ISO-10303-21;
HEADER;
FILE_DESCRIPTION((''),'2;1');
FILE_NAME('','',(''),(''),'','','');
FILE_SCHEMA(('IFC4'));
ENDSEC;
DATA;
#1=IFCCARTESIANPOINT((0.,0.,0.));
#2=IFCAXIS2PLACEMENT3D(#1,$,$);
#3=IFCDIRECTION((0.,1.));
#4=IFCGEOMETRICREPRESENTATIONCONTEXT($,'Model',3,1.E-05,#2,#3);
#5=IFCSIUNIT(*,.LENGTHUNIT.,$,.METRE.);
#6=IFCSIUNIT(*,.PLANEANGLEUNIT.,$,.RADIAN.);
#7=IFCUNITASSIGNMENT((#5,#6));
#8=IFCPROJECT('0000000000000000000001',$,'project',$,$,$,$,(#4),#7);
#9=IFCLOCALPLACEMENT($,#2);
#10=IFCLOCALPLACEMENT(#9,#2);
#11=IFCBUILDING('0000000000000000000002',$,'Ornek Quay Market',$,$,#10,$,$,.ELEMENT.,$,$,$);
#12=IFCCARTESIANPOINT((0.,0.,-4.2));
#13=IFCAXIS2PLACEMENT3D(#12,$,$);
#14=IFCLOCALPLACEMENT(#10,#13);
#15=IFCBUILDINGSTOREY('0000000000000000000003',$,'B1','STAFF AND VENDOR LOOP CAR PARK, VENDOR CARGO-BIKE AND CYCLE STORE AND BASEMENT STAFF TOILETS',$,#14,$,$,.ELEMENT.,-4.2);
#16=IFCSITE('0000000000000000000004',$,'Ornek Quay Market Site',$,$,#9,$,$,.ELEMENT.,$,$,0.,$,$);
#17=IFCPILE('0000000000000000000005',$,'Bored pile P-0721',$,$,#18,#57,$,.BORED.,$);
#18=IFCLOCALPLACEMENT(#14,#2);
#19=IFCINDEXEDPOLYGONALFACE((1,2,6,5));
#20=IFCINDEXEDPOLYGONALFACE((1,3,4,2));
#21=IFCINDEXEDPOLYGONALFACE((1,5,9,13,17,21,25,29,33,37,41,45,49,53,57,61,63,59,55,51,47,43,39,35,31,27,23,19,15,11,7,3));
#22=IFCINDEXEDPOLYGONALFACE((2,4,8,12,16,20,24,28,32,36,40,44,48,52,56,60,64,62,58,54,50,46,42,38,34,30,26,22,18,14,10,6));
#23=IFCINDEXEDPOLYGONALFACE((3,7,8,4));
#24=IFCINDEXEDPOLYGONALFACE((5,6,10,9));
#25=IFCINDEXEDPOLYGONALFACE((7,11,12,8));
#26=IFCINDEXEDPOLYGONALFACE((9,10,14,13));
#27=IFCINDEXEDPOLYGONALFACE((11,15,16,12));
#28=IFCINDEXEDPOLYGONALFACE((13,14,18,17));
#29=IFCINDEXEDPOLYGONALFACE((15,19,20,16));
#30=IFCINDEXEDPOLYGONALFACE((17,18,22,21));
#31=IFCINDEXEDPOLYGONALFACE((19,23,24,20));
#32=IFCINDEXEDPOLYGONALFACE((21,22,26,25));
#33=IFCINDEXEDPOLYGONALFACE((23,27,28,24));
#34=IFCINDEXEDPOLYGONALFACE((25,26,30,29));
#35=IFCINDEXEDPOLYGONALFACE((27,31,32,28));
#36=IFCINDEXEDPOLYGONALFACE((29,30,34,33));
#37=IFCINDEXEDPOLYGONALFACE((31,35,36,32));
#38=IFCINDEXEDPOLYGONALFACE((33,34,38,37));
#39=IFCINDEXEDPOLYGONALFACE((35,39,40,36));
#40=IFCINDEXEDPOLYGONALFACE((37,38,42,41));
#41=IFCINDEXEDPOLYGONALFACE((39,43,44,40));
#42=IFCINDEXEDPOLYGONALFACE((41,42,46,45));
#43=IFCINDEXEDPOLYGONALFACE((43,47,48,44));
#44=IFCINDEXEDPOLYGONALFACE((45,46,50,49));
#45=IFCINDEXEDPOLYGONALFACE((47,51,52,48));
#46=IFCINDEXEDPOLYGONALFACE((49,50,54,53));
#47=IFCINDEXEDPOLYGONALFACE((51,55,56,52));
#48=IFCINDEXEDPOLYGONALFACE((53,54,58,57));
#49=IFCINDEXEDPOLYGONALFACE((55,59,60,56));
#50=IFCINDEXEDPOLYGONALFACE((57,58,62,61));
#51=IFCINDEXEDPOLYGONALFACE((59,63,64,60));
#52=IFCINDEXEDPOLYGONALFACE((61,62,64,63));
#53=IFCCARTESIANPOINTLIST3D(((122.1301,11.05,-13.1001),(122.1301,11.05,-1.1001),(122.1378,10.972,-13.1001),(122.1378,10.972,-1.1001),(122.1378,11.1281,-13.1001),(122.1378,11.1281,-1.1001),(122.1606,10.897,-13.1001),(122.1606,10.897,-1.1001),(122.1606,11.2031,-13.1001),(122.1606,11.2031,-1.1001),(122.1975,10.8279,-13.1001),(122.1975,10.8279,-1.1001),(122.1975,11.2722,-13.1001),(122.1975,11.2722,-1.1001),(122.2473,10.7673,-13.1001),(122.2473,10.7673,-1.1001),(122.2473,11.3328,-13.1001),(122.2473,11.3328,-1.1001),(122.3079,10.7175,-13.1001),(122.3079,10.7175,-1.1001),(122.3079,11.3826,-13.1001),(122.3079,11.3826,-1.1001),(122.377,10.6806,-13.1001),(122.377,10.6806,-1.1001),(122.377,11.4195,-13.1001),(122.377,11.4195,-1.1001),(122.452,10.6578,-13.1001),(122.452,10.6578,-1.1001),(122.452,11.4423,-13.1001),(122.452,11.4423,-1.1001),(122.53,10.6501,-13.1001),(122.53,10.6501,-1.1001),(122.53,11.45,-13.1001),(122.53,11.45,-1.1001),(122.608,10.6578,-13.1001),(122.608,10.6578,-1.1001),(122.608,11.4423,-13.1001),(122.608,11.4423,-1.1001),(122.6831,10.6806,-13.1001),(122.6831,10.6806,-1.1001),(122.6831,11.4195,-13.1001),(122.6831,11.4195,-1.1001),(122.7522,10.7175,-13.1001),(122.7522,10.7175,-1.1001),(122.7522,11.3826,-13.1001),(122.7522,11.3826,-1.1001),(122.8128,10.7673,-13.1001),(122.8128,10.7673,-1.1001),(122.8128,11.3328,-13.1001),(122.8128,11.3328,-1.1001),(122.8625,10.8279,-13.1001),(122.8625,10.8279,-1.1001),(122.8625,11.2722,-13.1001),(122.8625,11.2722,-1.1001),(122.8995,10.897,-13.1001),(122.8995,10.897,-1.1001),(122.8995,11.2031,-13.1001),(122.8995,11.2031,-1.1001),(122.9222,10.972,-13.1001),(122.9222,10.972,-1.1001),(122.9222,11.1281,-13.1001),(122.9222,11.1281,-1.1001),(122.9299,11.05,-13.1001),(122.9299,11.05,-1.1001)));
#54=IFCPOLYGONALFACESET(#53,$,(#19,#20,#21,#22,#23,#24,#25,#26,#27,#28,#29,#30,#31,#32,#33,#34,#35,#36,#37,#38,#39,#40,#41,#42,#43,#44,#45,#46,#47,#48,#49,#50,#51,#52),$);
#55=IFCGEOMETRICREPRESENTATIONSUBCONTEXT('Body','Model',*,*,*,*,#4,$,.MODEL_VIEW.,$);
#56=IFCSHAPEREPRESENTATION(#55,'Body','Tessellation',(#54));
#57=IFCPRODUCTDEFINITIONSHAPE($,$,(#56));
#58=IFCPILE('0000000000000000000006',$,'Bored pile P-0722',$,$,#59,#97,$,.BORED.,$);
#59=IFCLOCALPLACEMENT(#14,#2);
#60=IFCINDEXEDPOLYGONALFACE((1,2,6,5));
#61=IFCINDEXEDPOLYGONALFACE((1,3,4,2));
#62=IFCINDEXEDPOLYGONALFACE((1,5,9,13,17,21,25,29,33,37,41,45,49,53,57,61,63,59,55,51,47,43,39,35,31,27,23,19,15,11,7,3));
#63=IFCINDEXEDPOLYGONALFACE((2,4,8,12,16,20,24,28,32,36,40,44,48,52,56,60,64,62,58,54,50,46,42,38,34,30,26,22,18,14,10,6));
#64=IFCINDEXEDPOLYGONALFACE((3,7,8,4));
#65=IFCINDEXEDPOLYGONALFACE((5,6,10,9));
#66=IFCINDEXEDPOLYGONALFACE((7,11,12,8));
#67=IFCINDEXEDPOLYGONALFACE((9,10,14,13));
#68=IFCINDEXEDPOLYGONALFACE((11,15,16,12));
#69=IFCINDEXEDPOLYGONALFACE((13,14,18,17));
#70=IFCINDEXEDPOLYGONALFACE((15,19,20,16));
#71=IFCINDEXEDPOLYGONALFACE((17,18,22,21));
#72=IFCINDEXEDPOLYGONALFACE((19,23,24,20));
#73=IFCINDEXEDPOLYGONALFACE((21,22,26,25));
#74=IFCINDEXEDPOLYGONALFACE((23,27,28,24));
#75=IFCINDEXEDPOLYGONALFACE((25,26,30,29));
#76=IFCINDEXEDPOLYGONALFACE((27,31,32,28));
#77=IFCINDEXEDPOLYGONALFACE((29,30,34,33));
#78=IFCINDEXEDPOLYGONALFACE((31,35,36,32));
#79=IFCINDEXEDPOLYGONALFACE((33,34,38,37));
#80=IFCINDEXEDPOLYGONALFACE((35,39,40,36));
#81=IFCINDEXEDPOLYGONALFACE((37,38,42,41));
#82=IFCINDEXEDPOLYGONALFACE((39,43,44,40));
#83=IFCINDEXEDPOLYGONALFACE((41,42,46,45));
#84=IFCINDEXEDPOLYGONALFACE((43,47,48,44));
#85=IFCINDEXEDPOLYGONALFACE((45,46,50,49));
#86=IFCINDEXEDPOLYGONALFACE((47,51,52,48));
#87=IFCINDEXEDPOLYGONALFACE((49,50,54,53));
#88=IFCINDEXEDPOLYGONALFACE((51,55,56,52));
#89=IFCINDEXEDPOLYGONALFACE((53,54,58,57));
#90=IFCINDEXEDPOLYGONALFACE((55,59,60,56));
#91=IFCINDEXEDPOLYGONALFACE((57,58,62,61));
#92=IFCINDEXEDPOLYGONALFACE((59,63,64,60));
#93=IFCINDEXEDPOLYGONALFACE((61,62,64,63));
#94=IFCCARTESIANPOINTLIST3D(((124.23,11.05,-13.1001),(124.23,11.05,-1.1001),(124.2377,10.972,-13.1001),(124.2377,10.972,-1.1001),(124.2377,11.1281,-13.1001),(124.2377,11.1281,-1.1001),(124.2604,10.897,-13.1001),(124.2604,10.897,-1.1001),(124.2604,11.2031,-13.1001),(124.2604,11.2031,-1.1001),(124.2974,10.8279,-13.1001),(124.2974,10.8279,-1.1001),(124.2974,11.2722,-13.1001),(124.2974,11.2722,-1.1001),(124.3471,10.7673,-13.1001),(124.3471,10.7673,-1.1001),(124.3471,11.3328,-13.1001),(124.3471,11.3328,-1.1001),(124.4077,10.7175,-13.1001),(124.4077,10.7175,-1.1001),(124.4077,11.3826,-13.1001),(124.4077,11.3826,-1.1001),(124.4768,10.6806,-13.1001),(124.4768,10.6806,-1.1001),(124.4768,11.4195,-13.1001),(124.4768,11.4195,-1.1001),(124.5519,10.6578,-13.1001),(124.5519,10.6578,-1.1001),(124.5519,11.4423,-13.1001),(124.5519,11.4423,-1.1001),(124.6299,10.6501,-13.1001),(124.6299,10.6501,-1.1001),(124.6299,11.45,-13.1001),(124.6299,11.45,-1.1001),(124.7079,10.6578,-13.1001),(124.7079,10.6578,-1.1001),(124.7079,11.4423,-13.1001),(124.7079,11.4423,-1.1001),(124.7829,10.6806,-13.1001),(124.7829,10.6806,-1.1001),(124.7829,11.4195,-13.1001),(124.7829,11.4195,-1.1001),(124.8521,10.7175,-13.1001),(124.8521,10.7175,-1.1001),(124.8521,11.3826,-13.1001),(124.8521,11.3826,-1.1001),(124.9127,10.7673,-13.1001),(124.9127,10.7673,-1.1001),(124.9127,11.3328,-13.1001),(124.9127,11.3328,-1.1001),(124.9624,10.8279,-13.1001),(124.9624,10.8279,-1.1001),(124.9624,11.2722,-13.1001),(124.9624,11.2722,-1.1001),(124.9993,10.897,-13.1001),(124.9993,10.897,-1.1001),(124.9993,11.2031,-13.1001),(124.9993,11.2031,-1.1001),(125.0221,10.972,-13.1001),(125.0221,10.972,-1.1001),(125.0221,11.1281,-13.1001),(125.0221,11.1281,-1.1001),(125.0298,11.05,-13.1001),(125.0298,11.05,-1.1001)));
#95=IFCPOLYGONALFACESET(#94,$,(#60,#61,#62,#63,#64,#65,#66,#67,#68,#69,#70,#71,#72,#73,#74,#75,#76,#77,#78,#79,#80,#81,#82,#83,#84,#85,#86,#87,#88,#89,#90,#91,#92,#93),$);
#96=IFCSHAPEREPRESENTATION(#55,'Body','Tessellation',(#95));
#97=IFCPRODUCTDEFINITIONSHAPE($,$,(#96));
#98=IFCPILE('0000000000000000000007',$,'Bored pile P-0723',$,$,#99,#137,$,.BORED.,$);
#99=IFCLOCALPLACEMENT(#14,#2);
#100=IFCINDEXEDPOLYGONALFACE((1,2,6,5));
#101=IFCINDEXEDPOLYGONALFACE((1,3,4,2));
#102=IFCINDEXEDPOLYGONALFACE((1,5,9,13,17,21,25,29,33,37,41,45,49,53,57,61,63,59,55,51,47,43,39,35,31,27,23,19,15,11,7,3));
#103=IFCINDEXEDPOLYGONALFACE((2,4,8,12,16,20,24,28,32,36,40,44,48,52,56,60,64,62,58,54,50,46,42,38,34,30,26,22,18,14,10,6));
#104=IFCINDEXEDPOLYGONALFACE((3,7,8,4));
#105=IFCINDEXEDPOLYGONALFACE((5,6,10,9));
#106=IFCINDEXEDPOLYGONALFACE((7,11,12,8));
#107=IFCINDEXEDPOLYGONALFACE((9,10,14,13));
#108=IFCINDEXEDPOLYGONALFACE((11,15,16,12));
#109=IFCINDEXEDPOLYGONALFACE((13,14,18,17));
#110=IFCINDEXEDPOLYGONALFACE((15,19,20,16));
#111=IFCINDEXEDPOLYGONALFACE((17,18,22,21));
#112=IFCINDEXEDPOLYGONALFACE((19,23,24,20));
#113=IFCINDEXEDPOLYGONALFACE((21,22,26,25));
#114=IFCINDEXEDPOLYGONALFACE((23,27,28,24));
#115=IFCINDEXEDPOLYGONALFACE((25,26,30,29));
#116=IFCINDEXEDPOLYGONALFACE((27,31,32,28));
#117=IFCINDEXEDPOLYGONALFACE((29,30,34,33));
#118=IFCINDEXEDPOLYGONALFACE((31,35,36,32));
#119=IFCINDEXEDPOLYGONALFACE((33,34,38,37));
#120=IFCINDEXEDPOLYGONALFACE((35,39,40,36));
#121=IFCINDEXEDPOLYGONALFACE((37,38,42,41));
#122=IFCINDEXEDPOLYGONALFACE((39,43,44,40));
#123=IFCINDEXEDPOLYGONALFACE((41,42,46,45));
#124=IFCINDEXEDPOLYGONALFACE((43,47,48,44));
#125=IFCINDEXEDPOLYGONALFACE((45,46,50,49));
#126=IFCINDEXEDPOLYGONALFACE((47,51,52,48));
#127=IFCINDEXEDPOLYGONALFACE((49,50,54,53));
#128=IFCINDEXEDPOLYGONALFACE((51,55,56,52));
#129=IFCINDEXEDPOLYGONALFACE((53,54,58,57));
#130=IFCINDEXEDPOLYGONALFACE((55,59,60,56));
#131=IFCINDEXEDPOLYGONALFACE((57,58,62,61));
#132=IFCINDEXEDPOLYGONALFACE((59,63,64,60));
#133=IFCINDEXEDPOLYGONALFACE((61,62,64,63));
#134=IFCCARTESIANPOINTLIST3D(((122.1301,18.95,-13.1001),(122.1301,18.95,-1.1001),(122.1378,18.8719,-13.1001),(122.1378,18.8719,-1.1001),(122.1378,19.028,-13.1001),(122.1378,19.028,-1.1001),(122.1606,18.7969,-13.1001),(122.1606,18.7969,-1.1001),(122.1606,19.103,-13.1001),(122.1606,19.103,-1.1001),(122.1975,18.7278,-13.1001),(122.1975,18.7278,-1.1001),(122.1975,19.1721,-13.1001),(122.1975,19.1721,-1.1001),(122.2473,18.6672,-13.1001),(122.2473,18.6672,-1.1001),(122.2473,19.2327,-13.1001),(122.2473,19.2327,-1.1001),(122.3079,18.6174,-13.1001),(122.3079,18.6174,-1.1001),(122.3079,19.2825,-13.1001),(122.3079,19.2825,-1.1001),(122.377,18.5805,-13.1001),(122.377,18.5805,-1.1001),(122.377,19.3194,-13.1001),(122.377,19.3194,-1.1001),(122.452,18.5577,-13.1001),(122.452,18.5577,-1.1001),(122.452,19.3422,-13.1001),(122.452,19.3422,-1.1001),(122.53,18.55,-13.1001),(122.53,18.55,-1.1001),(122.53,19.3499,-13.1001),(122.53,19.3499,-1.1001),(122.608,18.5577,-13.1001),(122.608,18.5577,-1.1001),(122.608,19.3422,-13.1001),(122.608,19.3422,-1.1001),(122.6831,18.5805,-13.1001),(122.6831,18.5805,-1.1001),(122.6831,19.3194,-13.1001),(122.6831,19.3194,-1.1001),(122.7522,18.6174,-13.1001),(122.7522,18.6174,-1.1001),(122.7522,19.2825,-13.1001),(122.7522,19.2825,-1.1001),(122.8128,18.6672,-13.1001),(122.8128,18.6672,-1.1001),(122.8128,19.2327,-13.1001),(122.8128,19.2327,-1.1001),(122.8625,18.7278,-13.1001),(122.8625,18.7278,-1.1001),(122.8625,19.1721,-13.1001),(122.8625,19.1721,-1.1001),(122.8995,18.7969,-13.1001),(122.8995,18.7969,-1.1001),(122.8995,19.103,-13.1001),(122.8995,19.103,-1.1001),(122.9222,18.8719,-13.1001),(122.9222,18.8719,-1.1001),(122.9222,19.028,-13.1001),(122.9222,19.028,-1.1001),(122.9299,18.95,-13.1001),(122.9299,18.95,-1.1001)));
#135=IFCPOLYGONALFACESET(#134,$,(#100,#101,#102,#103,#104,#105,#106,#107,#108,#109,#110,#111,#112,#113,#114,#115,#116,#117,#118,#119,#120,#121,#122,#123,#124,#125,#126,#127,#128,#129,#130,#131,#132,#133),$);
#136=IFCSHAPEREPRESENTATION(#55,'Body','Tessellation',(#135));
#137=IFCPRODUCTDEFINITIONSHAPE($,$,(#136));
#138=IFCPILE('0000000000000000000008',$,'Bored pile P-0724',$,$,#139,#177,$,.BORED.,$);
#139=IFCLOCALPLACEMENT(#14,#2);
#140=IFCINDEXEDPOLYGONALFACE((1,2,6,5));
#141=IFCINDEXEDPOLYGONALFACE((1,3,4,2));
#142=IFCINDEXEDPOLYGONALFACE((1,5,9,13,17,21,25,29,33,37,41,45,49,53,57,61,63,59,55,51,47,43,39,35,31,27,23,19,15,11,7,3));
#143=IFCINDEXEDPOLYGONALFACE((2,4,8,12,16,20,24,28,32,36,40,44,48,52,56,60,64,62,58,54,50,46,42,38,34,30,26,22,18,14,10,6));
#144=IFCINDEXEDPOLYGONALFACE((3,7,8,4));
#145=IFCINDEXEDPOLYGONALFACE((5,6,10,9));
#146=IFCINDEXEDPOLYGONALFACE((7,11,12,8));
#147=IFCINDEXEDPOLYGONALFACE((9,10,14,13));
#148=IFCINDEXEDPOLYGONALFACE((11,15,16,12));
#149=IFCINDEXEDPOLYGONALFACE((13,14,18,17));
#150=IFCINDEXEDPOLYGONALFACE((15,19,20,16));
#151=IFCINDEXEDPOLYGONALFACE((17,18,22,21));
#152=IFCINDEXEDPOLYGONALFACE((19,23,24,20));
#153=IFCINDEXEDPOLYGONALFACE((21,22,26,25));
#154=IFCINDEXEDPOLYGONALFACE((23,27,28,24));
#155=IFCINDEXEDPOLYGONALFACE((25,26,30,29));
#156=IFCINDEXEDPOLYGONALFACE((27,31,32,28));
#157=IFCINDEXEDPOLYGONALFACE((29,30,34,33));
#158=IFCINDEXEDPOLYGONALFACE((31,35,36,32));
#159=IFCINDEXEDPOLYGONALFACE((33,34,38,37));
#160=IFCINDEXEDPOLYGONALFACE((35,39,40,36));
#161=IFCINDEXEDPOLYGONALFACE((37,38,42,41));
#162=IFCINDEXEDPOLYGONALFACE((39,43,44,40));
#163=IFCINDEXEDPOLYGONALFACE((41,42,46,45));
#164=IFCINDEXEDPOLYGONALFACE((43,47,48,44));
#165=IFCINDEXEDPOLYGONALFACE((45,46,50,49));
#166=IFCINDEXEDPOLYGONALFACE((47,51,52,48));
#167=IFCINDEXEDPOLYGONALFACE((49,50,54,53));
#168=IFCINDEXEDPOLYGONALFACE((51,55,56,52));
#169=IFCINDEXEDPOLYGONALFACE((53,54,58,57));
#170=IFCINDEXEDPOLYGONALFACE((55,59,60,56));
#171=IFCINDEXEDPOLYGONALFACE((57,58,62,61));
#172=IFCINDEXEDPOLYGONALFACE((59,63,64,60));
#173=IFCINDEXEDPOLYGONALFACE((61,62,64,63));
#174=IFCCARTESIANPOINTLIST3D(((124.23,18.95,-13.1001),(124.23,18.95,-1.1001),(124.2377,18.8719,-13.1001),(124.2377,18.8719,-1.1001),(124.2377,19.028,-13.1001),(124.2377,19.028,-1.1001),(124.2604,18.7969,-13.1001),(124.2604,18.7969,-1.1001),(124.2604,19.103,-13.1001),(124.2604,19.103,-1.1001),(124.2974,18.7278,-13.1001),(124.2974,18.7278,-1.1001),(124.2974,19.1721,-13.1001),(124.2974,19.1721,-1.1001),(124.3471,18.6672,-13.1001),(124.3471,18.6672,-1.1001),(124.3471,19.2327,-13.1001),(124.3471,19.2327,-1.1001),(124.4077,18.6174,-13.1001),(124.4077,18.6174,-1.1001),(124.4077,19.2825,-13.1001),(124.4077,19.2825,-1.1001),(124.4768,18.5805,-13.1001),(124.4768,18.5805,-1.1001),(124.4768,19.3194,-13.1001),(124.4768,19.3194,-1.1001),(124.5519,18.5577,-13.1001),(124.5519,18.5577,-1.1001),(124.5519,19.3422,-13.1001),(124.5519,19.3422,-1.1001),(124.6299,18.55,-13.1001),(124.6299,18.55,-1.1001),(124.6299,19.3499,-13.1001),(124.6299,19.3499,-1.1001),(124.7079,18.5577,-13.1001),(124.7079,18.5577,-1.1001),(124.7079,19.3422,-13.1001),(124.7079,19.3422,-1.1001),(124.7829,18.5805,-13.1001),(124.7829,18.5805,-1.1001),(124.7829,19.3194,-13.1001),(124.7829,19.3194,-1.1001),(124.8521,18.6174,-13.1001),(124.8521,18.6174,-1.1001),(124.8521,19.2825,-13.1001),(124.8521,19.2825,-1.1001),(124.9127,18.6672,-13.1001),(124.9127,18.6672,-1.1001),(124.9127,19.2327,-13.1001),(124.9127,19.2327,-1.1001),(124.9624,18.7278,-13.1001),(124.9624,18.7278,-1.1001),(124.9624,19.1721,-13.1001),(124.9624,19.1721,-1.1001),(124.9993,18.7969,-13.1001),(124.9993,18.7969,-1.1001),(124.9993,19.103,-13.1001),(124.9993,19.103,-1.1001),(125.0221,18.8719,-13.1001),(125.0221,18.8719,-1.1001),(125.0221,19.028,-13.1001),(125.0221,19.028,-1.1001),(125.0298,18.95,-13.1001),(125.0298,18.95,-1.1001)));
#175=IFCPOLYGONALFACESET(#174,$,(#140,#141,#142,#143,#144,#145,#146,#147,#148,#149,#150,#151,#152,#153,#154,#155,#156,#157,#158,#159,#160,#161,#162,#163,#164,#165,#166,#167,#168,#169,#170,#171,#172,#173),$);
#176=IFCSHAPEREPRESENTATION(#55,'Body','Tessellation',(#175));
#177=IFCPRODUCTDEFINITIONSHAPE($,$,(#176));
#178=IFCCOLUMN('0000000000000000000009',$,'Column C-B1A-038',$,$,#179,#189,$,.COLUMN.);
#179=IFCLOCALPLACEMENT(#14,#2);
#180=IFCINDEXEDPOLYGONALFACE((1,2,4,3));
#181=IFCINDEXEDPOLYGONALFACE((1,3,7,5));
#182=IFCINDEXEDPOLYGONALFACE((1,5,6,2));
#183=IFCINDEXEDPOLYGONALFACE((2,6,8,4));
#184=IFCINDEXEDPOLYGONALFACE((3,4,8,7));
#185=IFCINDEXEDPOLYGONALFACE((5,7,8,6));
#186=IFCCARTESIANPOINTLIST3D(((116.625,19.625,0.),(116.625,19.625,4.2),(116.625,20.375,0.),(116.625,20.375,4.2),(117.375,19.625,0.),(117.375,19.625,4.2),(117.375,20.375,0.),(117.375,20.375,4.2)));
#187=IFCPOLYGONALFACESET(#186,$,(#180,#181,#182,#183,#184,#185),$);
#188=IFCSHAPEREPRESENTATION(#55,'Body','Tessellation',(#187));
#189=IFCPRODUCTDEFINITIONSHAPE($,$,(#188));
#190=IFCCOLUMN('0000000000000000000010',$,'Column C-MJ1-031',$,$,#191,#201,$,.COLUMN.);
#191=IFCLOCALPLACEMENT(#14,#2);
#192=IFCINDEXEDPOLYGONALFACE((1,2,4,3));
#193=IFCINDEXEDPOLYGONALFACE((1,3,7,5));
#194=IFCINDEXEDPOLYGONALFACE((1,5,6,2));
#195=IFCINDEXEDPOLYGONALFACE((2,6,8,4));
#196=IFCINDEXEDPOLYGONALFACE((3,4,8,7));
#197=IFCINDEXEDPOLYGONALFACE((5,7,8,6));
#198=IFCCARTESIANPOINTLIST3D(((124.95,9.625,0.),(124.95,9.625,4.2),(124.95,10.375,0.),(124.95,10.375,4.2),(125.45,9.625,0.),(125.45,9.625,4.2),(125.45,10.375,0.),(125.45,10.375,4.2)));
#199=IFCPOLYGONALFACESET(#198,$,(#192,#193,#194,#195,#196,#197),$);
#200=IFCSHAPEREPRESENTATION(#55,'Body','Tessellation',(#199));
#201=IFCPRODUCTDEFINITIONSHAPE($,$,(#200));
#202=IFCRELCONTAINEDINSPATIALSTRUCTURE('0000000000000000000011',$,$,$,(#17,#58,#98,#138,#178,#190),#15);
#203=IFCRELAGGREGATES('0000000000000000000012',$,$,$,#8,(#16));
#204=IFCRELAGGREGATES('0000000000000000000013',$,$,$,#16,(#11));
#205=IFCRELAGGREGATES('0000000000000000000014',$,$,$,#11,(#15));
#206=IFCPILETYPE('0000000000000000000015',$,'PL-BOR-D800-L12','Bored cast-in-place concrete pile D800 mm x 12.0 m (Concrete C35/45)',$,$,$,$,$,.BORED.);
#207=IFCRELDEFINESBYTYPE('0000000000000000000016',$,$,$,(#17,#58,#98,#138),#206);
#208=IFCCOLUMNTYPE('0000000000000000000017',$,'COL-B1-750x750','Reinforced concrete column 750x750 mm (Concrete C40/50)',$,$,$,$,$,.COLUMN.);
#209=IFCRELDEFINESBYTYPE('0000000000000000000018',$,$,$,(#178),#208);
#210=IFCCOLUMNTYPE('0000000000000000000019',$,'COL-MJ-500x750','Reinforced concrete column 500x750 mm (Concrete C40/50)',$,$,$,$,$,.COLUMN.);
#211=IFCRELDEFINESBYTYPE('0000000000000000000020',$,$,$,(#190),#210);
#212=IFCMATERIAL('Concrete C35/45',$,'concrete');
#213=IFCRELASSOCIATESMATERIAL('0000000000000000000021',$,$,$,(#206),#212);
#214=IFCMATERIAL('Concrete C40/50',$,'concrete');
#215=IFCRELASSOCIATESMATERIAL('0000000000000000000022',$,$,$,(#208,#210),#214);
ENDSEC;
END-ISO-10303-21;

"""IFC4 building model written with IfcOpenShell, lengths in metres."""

from ifc_helpers import new_model, si_unit, direction, frame, origin, origin_2d, place, context, subcontext, project, spatial, rectangle, circle, extrude, material, material_profile, profile_set, type_object, element, save


model = new_model("IFC4")

# Units and contexts
model_context = context("Model", 3, precision=1e-05, world=origin(), true_north=direction((0.0, 1.0)))
body_context = subcontext(model_context, "Body", "Model", "MODEL_VIEW")
ifc_project = project(units=[si_unit("LENGTHUNIT", "METRE"), si_unit("PLANEANGLEUNIT", "RADIAN")], contexts=[model_context])

# Site, building, storey
site_placement = place(None, origin())
site = spatial("IfcSite", under=ifc_project, at=site_placement, Name="Ornek Quay Market Site", CompositionType="ELEMENT", RefElevation=0.0)
building_placement = place(site_placement, origin())
building = spatial("IfcBuilding", under=site, at=building_placement, Name="Ornek Quay Market", CompositionType="ELEMENT")
storey_placement = place(building_placement, frame((0.0, 0.0, -4.2)))
storey = spatial("IfcBuildingStorey", under=building, at=storey_placement, Name="B1", Description="STAFF AND VENDOR LOOP CAR PARK, VENDOR CARGO-BIKE AND CYCLE STORE AND BASEMENT STAFF TOILETS", CompositionType="ELEMENT", Elevation=-4.2)

# Piles
ifc_material_1 = material(Name="Concrete C35/45", Category="concrete")
ifc_material_profile_1 = material_profile(ifc_material_1, circle(Radius=0.3999, at=origin_2d()), Name="PILE D800", Category="concrete")
ifc_profile_set_1 = profile_set([ifc_material_profile_1], Name="Concrete C35/45")
pile_type = type_object("IfcPileType", Name="PL-BOR-D800-L12", Description="Bored cast-in-place concrete pile D800 mm x 12.0 m (Concrete C35/45)", PredefinedType="BORED", material=ifc_profile_set_1)
for number, where, z_axis, x_axis, name in (
    (1, (122.53, 11.05, -1.1001), (0.0, 0.0, -1.0), (1.0, 0.0, 0.0), "Bored pile P-0721"),
    (2, (124.6299, 11.05, -1.1001), (0.0, 0.0, -1.0), (1.0, 0.0, 0.0), "Bored pile P-0722"),
    (3, (122.53, 18.95, -1.1001), (0.0, 0.0, -1.0), (1.0, 0.0, 0.0), "Bored pile P-0723"),
    (4, (124.6299, 18.95, -1.1001), (0.0, 0.0, -1.0), (1.0, 0.0, 0.0), "Bored pile P-0724"),
):
    element("IfcPile", number, at=place(storey_placement, frame(where, z_axis=z_axis, x_axis=x_axis)), inside=storey, type_object=pile_type, Name=name, PredefinedType="BORED", context=body_context, shape_type="SweptSolid", body=[
        extrude(circle(Radius=0.3999, at=origin_2d()), origin(), (0.0, 0.0, 1.0), 12.0),
    ])

# Columns
ifc_material_2 = material(Name="Concrete C40/50", Category="concrete")
ifc_material_profile_2 = material_profile(ifc_material_2, rectangle(XDim=0.75, YDim=0.75, at=origin_2d()), Name="RC 750x750", Category="concrete")
ifc_profile_set_2 = profile_set([ifc_material_profile_2], Name="Concrete C40/50")
column_type_1 = type_object("IfcColumnType", Name="COL-B1-750x750", Description="Reinforced concrete column 750x750 mm (Concrete C40/50)", PredefinedType="COLUMN", material=ifc_profile_set_2)
column_placement = place(storey_placement, frame((117.0, 20.0, 0.0), z_axis=(0.0, 0.0, 1.0), x_axis=(1.0, 0.0, 0.0)))
element("IfcColumn", 5, at=column_placement, inside=storey, type_object=column_type_1, Name="Column C-B1A-038", PredefinedType="COLUMN", context=body_context, shape_type="SweptSolid", body=[
    extrude(rectangle(XDim=0.75, YDim=0.75, at=origin_2d()), origin(), (0.0, 0.0, 1.0), 4.2),
])
ifc_material_profile_3 = material_profile(ifc_material_2, rectangle(XDim=0.5, YDim=0.75, at=origin_2d()), Name="RC 500x750", Category="concrete")
ifc_profile_set_3 = profile_set([ifc_material_profile_3], Name="Concrete C40/50")
column_type_2 = type_object("IfcColumnType", Name="COL-MJ-500x750", Description="Reinforced concrete column 500x750 mm (Concrete C40/50)", PredefinedType="COLUMN", material=ifc_profile_set_3)
for number, where, z_axis, x_axis, name in (
    (6, (125.2, 10.0, 0.0), (0.0, 0.0, 1.0), (1.0, 0.0, 0.0), "Column C-MJ1-031"),
):
    element("IfcColumn", number, at=place(storey_placement, frame(where, z_axis=z_axis, x_axis=x_axis)), inside=storey, type_object=column_type_2, Name=name, PredefinedType="COLUMN", context=body_context, shape_type="SweptSolid", body=[
        extrude(rectangle(XDim=0.5, YDim=0.75, at=origin_2d()), origin(), (0.0, 0.0, 1.0), 4.2),
    ])

save(model, "model.ifc")
